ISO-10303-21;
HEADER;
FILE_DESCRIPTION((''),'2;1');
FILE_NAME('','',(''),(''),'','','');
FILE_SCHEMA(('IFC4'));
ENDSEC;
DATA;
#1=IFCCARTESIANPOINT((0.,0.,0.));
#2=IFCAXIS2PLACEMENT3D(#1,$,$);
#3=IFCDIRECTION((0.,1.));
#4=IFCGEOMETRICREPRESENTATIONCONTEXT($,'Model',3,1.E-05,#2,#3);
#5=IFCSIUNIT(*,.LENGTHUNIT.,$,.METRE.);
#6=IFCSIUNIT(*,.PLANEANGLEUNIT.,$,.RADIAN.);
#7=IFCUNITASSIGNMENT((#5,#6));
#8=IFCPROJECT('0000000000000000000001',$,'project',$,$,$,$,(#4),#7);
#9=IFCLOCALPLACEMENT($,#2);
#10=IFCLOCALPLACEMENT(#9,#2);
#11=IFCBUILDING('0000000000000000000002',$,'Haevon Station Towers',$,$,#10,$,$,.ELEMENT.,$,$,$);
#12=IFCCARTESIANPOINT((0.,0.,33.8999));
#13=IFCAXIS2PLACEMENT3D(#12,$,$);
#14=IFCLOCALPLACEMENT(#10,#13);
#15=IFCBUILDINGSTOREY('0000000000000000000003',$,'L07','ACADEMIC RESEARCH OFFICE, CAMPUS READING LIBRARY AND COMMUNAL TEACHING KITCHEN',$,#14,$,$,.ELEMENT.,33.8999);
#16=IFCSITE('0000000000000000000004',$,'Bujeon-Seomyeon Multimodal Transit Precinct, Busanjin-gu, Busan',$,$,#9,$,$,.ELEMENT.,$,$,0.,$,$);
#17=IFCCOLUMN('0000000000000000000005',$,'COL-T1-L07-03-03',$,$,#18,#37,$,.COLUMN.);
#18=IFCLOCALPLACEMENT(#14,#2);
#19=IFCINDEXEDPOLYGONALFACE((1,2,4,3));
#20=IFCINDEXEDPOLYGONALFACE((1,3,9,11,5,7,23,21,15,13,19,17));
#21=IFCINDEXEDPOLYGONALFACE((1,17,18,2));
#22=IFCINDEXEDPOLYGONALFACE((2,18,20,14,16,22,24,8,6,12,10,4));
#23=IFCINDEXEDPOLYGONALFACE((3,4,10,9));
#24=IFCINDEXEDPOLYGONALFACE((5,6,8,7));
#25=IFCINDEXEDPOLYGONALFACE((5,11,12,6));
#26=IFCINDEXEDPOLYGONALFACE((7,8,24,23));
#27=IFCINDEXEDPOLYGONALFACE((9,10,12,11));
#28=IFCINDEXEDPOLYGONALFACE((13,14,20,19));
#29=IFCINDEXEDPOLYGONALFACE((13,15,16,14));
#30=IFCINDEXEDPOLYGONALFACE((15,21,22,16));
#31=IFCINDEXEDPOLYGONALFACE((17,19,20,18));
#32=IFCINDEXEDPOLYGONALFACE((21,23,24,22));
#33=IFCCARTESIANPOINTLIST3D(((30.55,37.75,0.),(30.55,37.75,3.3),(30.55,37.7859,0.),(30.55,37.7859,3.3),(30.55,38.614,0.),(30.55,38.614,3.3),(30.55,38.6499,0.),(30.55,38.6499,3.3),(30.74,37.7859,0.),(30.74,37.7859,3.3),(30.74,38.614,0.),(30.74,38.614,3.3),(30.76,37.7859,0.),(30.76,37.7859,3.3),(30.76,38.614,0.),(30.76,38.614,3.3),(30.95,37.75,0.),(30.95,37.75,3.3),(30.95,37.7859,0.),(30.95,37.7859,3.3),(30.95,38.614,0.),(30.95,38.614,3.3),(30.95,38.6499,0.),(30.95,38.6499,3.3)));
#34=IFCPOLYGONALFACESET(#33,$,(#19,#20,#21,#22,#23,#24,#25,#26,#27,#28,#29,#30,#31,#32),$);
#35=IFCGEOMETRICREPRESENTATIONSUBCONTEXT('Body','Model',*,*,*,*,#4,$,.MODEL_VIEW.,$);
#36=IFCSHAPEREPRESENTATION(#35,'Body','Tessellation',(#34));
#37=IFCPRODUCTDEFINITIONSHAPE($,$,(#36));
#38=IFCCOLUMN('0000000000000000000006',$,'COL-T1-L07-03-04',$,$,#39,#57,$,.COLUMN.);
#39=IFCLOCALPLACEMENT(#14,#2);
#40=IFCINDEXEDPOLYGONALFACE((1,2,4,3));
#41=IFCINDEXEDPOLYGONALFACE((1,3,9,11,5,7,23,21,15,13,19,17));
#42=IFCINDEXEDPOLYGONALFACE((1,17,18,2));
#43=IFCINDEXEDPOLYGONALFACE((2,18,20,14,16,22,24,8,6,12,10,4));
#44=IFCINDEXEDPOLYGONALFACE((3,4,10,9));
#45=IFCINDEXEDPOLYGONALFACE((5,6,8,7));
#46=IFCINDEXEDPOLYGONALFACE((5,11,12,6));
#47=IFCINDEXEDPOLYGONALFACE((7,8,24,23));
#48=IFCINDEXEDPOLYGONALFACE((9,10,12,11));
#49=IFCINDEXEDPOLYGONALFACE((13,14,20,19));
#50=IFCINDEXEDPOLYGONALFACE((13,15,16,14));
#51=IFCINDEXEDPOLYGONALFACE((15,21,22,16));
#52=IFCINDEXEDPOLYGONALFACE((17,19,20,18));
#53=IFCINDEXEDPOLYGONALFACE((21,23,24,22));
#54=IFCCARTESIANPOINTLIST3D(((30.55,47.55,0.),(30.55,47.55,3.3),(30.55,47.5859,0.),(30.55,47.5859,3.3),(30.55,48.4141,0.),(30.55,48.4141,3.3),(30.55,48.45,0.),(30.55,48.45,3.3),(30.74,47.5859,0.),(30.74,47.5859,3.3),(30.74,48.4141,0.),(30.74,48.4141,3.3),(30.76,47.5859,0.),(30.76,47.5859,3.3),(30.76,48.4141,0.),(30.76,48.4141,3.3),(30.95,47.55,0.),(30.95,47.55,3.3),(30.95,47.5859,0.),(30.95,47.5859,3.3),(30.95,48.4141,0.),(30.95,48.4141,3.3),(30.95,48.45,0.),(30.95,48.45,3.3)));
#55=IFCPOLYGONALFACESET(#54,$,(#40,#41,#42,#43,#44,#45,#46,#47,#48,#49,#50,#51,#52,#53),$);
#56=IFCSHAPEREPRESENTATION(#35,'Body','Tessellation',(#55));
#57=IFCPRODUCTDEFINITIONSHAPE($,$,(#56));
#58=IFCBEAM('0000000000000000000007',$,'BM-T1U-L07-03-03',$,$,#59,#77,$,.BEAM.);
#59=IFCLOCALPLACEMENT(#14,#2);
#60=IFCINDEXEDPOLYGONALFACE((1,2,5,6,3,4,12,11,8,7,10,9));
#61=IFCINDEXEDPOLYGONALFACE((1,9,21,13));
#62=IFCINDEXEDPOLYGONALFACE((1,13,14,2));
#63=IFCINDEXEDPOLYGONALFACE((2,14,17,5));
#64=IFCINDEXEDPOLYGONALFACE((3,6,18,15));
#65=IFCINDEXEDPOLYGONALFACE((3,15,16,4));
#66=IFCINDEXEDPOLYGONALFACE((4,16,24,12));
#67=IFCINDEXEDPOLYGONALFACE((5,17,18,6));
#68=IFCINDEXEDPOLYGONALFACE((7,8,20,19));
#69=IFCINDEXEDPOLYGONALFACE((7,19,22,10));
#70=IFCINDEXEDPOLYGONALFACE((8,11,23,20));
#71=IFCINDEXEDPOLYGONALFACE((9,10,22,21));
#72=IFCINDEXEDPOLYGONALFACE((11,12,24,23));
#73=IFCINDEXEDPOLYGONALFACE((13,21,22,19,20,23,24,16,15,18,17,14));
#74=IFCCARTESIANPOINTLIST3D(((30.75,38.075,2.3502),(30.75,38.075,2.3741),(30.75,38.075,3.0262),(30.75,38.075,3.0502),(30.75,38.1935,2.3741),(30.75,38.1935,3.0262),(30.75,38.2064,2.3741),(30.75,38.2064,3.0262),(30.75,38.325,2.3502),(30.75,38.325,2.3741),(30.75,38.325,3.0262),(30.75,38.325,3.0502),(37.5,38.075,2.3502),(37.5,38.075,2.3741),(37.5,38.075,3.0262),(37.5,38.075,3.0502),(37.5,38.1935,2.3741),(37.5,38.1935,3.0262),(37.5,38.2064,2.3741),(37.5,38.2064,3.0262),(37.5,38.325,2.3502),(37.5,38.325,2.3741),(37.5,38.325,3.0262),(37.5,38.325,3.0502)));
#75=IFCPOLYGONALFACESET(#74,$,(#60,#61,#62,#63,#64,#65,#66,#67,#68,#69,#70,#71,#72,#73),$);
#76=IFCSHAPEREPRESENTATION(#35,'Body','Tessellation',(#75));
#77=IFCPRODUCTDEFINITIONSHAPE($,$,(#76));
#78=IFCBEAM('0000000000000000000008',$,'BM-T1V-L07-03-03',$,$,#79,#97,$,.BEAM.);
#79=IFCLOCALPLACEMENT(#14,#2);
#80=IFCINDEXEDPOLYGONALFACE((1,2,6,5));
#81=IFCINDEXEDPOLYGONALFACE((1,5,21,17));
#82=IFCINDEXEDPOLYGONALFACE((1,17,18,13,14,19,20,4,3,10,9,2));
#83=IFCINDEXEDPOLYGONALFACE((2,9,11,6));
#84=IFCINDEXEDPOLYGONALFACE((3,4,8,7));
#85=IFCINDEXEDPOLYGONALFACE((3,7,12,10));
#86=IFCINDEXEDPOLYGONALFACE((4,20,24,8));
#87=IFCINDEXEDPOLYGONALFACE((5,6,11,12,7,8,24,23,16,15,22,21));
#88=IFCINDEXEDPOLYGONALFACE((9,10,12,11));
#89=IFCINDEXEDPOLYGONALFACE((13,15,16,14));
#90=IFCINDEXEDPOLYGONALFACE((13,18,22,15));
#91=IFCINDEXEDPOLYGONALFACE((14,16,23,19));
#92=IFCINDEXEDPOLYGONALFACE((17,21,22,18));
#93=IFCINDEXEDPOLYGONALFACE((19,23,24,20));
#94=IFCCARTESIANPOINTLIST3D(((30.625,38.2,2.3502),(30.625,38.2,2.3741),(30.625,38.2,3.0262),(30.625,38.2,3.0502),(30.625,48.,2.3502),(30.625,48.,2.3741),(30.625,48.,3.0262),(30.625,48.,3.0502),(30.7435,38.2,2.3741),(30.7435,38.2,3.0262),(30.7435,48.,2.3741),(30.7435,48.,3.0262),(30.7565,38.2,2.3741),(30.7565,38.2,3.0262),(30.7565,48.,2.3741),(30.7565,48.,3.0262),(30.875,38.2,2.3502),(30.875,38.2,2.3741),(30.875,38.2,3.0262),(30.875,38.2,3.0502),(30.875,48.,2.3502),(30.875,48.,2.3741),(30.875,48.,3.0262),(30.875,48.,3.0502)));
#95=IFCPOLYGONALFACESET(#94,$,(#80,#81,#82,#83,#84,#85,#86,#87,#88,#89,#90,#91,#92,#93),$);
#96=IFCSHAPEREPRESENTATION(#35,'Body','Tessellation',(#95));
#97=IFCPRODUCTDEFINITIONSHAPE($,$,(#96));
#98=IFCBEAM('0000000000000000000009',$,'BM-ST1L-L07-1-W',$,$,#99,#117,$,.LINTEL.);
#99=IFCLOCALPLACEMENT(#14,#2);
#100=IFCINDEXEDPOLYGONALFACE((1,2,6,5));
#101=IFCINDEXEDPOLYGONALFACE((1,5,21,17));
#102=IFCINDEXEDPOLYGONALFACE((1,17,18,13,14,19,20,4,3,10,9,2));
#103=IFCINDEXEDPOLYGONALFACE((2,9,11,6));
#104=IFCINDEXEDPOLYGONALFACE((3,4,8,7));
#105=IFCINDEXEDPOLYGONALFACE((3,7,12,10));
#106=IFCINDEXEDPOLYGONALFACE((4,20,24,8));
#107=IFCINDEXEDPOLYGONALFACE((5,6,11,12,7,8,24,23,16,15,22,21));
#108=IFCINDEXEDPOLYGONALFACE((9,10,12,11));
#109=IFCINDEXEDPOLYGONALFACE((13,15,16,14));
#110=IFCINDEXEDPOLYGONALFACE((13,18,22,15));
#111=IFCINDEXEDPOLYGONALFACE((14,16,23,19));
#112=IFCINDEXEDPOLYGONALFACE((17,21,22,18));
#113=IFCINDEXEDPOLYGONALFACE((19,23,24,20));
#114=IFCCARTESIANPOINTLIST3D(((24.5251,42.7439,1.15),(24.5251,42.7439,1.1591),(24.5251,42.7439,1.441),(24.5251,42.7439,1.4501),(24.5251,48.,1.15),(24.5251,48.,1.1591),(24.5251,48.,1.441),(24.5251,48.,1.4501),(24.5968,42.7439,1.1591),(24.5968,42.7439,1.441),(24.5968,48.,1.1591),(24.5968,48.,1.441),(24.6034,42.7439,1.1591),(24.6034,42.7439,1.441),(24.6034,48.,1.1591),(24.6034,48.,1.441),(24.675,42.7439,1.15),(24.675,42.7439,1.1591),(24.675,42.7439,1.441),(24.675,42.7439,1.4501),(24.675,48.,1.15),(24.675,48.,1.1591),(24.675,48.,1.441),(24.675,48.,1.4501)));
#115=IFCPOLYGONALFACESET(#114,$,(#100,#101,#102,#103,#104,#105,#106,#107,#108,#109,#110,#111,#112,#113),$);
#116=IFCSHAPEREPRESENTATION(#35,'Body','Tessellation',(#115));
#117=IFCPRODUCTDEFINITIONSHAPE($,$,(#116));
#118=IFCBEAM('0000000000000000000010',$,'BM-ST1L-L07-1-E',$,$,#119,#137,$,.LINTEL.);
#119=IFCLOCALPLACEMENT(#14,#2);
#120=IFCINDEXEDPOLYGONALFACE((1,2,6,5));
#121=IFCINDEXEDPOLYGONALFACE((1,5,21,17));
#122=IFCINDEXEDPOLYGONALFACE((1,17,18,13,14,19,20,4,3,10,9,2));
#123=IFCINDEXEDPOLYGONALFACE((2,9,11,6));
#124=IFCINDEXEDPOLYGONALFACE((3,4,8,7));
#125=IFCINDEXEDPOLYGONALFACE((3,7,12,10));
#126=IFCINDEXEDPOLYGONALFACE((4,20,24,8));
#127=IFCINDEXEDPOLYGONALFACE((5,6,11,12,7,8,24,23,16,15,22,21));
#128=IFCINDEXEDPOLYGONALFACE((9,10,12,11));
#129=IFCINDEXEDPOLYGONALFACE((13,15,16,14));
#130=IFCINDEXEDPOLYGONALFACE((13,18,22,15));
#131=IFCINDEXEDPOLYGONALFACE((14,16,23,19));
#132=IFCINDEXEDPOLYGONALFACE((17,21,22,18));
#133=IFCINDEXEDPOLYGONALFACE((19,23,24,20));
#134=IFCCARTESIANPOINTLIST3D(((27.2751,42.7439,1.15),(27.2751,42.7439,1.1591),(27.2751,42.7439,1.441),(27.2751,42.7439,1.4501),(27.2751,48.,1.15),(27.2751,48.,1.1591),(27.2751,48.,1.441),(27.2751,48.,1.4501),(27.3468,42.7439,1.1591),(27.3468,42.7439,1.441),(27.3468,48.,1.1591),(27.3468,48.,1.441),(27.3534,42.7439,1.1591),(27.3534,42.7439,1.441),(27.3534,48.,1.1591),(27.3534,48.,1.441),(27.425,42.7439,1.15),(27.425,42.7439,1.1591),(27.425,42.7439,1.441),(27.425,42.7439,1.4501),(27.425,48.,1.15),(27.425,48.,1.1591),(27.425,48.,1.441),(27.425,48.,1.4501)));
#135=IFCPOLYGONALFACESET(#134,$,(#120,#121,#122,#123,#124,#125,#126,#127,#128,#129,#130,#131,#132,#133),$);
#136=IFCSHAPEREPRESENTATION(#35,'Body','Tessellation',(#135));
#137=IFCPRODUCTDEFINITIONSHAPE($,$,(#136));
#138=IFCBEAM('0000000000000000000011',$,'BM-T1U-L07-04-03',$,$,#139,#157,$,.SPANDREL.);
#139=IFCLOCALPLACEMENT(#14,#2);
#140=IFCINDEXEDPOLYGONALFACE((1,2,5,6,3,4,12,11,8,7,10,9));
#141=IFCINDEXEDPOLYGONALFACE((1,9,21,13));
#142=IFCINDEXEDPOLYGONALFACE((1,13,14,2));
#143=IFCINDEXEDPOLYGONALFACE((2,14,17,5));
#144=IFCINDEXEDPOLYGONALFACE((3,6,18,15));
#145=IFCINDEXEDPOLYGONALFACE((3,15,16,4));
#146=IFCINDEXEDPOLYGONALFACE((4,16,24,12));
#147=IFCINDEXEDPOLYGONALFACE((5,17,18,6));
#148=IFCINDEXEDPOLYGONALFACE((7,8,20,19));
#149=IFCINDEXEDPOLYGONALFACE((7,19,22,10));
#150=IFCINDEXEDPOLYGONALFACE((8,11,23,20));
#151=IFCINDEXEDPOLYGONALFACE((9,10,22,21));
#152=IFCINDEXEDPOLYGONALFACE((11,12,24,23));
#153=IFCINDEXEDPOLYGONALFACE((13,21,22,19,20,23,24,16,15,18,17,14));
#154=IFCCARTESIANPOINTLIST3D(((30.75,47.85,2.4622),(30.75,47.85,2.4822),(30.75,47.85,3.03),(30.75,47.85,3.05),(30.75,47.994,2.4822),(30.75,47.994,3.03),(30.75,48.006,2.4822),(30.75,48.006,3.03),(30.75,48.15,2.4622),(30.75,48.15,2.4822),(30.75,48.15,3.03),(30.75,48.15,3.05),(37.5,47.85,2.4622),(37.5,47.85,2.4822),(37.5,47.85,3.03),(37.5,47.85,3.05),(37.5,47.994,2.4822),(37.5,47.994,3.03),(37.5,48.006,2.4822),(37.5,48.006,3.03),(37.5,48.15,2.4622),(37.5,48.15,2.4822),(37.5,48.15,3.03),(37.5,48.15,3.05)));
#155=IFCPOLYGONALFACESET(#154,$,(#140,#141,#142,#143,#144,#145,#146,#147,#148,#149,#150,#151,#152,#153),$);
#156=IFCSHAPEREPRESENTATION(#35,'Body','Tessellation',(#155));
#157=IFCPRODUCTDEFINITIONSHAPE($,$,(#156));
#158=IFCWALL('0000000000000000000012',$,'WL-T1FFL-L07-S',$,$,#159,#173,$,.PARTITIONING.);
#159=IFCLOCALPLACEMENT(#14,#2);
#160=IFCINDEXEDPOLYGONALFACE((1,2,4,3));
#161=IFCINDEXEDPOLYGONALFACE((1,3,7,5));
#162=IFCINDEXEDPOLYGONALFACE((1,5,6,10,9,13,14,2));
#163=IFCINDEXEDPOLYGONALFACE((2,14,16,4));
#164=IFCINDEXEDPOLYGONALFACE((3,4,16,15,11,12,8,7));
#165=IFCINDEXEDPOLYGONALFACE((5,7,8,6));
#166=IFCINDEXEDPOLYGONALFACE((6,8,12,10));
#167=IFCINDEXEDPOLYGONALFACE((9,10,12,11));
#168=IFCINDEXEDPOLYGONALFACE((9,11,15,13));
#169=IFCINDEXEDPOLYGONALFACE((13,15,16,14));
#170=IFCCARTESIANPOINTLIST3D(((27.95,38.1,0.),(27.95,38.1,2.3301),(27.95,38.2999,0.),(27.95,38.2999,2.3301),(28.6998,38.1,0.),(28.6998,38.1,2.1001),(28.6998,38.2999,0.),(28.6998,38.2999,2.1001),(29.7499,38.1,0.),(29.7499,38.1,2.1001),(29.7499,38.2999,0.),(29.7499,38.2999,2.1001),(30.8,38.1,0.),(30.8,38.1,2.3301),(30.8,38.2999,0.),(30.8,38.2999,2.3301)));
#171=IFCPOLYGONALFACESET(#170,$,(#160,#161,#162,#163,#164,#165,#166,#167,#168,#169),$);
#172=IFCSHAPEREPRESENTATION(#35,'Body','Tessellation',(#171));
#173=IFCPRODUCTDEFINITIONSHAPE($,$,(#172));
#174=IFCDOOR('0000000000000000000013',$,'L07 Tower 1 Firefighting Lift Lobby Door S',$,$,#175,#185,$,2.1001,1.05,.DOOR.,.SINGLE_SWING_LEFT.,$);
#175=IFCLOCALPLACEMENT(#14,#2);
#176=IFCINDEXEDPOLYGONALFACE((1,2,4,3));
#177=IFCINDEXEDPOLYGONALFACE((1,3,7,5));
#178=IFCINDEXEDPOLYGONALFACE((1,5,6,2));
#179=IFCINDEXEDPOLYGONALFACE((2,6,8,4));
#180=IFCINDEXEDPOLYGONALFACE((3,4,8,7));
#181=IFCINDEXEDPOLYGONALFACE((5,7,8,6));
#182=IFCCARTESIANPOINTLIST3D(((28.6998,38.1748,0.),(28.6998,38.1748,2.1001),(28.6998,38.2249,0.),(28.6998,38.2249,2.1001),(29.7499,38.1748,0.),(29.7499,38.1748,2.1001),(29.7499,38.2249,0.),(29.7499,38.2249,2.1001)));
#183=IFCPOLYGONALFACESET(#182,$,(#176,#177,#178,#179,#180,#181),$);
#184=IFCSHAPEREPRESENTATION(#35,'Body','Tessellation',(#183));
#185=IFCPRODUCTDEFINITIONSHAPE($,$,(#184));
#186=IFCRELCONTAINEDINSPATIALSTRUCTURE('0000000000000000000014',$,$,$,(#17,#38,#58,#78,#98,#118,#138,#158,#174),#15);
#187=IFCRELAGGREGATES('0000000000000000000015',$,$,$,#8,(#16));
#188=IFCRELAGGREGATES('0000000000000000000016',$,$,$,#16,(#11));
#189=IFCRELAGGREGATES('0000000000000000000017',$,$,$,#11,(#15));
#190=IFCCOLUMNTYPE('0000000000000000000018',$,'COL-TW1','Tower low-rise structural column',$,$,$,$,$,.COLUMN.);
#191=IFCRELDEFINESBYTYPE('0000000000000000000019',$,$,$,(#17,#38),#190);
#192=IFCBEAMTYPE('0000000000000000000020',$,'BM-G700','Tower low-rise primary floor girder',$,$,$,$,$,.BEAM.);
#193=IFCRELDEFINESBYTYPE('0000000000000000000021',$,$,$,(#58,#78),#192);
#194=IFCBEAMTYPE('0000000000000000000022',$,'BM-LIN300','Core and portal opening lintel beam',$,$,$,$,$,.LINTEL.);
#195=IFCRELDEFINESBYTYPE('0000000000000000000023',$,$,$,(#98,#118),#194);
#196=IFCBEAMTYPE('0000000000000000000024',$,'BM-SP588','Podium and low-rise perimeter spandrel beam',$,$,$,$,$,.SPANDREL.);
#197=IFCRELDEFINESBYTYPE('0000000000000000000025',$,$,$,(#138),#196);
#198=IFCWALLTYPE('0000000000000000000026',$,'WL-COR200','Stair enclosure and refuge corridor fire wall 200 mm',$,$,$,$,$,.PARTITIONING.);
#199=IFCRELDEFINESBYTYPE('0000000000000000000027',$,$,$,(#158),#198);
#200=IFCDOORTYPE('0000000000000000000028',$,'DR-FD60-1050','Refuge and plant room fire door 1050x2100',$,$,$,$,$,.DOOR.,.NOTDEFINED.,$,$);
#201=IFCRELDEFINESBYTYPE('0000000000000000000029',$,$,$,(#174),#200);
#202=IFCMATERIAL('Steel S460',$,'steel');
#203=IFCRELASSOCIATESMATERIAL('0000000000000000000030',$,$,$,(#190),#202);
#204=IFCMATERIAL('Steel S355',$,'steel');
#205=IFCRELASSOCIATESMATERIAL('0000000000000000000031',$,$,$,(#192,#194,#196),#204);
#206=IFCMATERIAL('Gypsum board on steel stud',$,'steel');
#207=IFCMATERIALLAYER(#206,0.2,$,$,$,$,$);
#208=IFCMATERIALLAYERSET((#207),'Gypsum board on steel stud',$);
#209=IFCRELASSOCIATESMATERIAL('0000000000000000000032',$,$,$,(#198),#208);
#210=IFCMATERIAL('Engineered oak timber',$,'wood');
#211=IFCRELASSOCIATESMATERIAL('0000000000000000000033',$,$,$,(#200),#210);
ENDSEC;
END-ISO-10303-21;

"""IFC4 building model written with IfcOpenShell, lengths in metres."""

from ifc_helpers import new_model, si_unit, direction, frame, frame_2d, origin, origin_2d, place, context, subcontext, project, spatial, rectangle, i_section, extrude, material, layer, layer_set, material_profile, profile_set, type_object, element, fill, save


model = new_model("IFC4")

# Units and contexts
model_context = context("Model", 3, precision=1e-05, world=origin(), true_north=direction((0.0, 1.0)))
body_context = subcontext(model_context, "Body", "Model", "MODEL_VIEW")
ifc_project = project(units=[si_unit("LENGTHUNIT", "METRE"), si_unit("PLANEANGLEUNIT", "RADIAN")], contexts=[model_context])

# Site, building, storey
site_placement = place(None, origin())
site = spatial("IfcSite", under=ifc_project, at=site_placement, Name="Bujeon-Seomyeon Multimodal Transit Precinct, Busanjin-gu, Busan", CompositionType="ELEMENT", RefElevation=0.0)
building_placement = place(site_placement, origin())
building = spatial("IfcBuilding", under=site, at=building_placement, Name="Haevon Station Towers", CompositionType="ELEMENT")
storey_placement = place(building_placement, frame((0.0, 0.0, 33.8999)))
storey = spatial("IfcBuildingStorey", under=building, at=storey_placement, Name="L07", Description="ACADEMIC RESEARCH OFFICE, CAMPUS READING LIBRARY AND COMMUNAL TEACHING KITCHEN", CompositionType="ELEMENT", Elevation=33.8999)

# Columns
ifc_material_1 = material(Name="Steel S460", Category="steel")
ifc_material_profile_1 = material_profile(ifc_material_1, i_section(OverallWidth=0.3999, OverallDepth=0.8999, WebThickness=0.02, FlangeThickness=0.0359, at=origin_2d()), Name="H-900x400x20x36")
ifc_profile_set_1 = profile_set([ifc_material_profile_1], Name="Steel S460")
column_type = type_object("IfcColumnType", Name="COL-TW1", Description="Tower low-rise structural column", PredefinedType="COLUMN", material=ifc_profile_set_1)
for number, where, z_axis, x_axis, name in (
    (1, (30.75, 38.2, 0.0), (0.0, 0.0, 1.0), (1.0, 0.0, 0.0), "COL-T1-L07-03-03"),
    (2, (30.75, 48.0, 0.0), (0.0, 0.0, 1.0), (1.0, 0.0, 0.0), "COL-T1-L07-03-04"),
):
    element("IfcColumn", number, at=place(storey_placement, frame(where, z_axis=z_axis, x_axis=x_axis)), inside=storey, type_object=column_type, Name=name, PredefinedType="COLUMN", context=body_context, shape_type="SweptSolid", body=[
        extrude(i_section(OverallWidth=0.3999, OverallDepth=0.8999, WebThickness=0.02, FlangeThickness=0.0359, at=origin_2d()), origin(), (0.0, 0.0, 1.0), 3.3),
    ])

# Beams
ifc_material_2 = material(Name="Steel S355", Category="steel")
ifc_material_profile_2 = material_profile(ifc_material_2, i_section(OverallWidth=0.25, OverallDepth=0.7, WebThickness=0.0129, FlangeThickness=0.0239, at=origin_2d()), Name="H-700x250x13x24")
ifc_profile_set_2 = profile_set([ifc_material_profile_2], Name="Steel S355")
beam_type_1 = type_object("IfcBeamType", Name="BM-G700", Description="Tower low-rise primary floor girder", PredefinedType="BEAM", material=ifc_profile_set_2)
beam_1_placement = place(storey_placement, frame((30.75, 38.2, 2.7002), z_axis=(1.0, 0.0, 0.0), x_axis=(0.0, 1.0, 0.0)))
element("IfcBeam", 3, at=beam_1_placement, inside=storey, type_object=beam_type_1, Name="BM-T1U-L07-03-03", PredefinedType="BEAM", context=body_context, shape_type="SweptSolid", body=[
    extrude(i_section(OverallWidth=0.25, OverallDepth=0.7, WebThickness=0.0129, FlangeThickness=0.0239, at=origin_2d()), origin(), (0.0, 0.0, 1.0), 6.75),
])
beam_2_placement = place(storey_placement, frame((30.75, 38.2, 2.7002), z_axis=(0.0, 1.0, 0.0), x_axis=(-1.0, 0.0, 0.0)))
element("IfcBeam", 4, at=beam_2_placement, inside=storey, type_object=beam_type_1, Name="BM-T1V-L07-03-03", PredefinedType="BEAM", context=body_context, shape_type="SweptSolid", body=[
    extrude(i_section(OverallWidth=0.25, OverallDepth=0.7, WebThickness=0.0129, FlangeThickness=0.0239, at=origin_2d()), origin(), (0.0, 0.0, 1.0), 9.8),
])
ifc_material_profile_3 = material_profile(ifc_material_2, i_section(OverallWidth=0.1499, OverallDepth=0.3, WebThickness=0.0066, FlangeThickness=0.009, at=origin_2d()), Name="H-300x150x6.5x9")
ifc_profile_set_3 = profile_set([ifc_material_profile_3], Name="Steel S355")
beam_type_2 = type_object("IfcBeamType", Name="BM-LIN300", Description="Core and portal opening lintel beam", PredefinedType="LINTEL", material=ifc_profile_set_3)
for number, where, z_axis, x_axis, name in (
    (5, (24.6001, 42.7439, 1.3), (0.0, 1.0, 0.0), (-1.0, 0.0, 0.0), "BM-ST1L-L07-1-W"),
    (6, (27.3501, 42.7439, 1.3), (0.0, 1.0, 0.0), (-1.0, 0.0, 0.0), "BM-ST1L-L07-1-E"),
):
    element("IfcBeam", number, at=place(storey_placement, frame(where, z_axis=z_axis, x_axis=x_axis)), inside=storey, type_object=beam_type_2, Name=name, PredefinedType="LINTEL", context=body_context, shape_type="SweptSolid", body=[
        extrude(i_section(OverallWidth=0.1499, OverallDepth=0.3, WebThickness=0.0066, FlangeThickness=0.009, at=origin_2d()), origin(), (0.0, 0.0, 1.0), 5.2561),
    ])
ifc_material_profile_4 = material_profile(ifc_material_2, i_section(OverallWidth=0.3, OverallDepth=0.5879, WebThickness=0.012, FlangeThickness=0.02, at=origin_2d()), Name="H-588x300x12x20")
ifc_profile_set_4 = profile_set([ifc_material_profile_4], Name="Steel S355")
beam_type_3 = type_object("IfcBeamType", Name="BM-SP588", Description="Podium and low-rise perimeter spandrel beam", PredefinedType="SPANDREL", material=ifc_profile_set_4)
beam_3_placement = place(storey_placement, frame((30.75, 48.0, 2.7561), z_axis=(1.0, 0.0, 0.0), x_axis=(0.0, 1.0, 0.0)))
element("IfcBeam", 7, at=beam_3_placement, inside=storey, type_object=beam_type_3, Name="BM-T1U-L07-04-03", PredefinedType="SPANDREL", context=body_context, shape_type="SweptSolid", body=[
    extrude(i_section(OverallWidth=0.3, OverallDepth=0.5879, WebThickness=0.012, FlangeThickness=0.02, at=origin_2d()), origin(), (0.0, 0.0, 1.0), 6.75),
])

# Wall, opening, door
ifc_material_3 = material(Name="Gypsum board on steel stud", Category="steel")
ifc_layer_1 = layer(ifc_material_3, 0.2)
ifc_layer_set_1 = layer_set([ifc_layer_1], Name="Gypsum board on steel stud")
wall_type_1 = type_object("IfcWallType", Name="WL-COR200", Description="Stair enclosure and refuge corridor fire wall 200 mm", PredefinedType="PARTITIONING", material=ifc_layer_set_1)
wall_1_placement = place(storey_placement, frame((27.95, 38.2, 0.0), z_axis=(0.0, 0.0, 1.0), x_axis=(1.0, 0.0, 0.0)))
wall_1 = element("IfcWall", 8, at=wall_1_placement, inside=storey, type_object=wall_type_1, Name="WL-T1FFL-L07-S", PredefinedType="PARTITIONING", context=body_context, shape_type="SweptSolid", body=[
    extrude(rectangle(XDim=2.8501, YDim=0.2, at=frame_2d((1.425, 0.0))), origin(), (0.0, 0.0, 1.0), 2.3301),
])
opening_1_placement = place(wall_1_placement, frame((0.75, 0.0, 0.0)))
opening_1 = element("IfcOpeningElement", 9, at=opening_1_placement, cuts=wall_1, PredefinedType="OPENING", context=body_context, shape_type="SweptSolid", body=[
    extrude(rectangle(XDim=1.05, YDim=2.1001, at=frame_2d((0.5249, 1.05))), frame((0.0, 0.1099, 0.0), z_axis=(0.0, -1.0, 0.0), x_axis=(1.0, 0.0, 0.0)), (0.0, 0.0, 1.0), 0.22),
])
ifc_material_4 = material(Name="Engineered oak timber", Category="wood")
door_type_1 = type_object("IfcDoorType", Name="DR-FD60-1050", Description="Refuge and plant room fire door 1050x2100", OperationType="NOTDEFINED", PredefinedType="DOOR", material=ifc_material_4)
door_1_placement = place(opening_1_placement, origin())
door_1 = element("IfcDoor", 10, at=door_1_placement, inside=storey, type_object=door_type_1, Name="L07 Tower 1 Firefighting Lift Lobby Door S", OperationType="SINGLE_SWING_LEFT", OverallHeight=2.1001, OverallWidth=1.05, PredefinedType="DOOR", context=body_context, shape_type="SweptSolid", body=[
    extrude(rectangle(XDim=1.05, YDim=2.1001, at=frame_2d((0.5249, 1.05))), frame((0.0, 0.0249, 0.0), z_axis=(0.0, -1.0, 0.0), x_axis=(1.0, 0.0, 0.0)), (0.0, 0.0, 1.0), 0.05),
])
fill(opening_1, door_1)

save(model, "model.ifc")
